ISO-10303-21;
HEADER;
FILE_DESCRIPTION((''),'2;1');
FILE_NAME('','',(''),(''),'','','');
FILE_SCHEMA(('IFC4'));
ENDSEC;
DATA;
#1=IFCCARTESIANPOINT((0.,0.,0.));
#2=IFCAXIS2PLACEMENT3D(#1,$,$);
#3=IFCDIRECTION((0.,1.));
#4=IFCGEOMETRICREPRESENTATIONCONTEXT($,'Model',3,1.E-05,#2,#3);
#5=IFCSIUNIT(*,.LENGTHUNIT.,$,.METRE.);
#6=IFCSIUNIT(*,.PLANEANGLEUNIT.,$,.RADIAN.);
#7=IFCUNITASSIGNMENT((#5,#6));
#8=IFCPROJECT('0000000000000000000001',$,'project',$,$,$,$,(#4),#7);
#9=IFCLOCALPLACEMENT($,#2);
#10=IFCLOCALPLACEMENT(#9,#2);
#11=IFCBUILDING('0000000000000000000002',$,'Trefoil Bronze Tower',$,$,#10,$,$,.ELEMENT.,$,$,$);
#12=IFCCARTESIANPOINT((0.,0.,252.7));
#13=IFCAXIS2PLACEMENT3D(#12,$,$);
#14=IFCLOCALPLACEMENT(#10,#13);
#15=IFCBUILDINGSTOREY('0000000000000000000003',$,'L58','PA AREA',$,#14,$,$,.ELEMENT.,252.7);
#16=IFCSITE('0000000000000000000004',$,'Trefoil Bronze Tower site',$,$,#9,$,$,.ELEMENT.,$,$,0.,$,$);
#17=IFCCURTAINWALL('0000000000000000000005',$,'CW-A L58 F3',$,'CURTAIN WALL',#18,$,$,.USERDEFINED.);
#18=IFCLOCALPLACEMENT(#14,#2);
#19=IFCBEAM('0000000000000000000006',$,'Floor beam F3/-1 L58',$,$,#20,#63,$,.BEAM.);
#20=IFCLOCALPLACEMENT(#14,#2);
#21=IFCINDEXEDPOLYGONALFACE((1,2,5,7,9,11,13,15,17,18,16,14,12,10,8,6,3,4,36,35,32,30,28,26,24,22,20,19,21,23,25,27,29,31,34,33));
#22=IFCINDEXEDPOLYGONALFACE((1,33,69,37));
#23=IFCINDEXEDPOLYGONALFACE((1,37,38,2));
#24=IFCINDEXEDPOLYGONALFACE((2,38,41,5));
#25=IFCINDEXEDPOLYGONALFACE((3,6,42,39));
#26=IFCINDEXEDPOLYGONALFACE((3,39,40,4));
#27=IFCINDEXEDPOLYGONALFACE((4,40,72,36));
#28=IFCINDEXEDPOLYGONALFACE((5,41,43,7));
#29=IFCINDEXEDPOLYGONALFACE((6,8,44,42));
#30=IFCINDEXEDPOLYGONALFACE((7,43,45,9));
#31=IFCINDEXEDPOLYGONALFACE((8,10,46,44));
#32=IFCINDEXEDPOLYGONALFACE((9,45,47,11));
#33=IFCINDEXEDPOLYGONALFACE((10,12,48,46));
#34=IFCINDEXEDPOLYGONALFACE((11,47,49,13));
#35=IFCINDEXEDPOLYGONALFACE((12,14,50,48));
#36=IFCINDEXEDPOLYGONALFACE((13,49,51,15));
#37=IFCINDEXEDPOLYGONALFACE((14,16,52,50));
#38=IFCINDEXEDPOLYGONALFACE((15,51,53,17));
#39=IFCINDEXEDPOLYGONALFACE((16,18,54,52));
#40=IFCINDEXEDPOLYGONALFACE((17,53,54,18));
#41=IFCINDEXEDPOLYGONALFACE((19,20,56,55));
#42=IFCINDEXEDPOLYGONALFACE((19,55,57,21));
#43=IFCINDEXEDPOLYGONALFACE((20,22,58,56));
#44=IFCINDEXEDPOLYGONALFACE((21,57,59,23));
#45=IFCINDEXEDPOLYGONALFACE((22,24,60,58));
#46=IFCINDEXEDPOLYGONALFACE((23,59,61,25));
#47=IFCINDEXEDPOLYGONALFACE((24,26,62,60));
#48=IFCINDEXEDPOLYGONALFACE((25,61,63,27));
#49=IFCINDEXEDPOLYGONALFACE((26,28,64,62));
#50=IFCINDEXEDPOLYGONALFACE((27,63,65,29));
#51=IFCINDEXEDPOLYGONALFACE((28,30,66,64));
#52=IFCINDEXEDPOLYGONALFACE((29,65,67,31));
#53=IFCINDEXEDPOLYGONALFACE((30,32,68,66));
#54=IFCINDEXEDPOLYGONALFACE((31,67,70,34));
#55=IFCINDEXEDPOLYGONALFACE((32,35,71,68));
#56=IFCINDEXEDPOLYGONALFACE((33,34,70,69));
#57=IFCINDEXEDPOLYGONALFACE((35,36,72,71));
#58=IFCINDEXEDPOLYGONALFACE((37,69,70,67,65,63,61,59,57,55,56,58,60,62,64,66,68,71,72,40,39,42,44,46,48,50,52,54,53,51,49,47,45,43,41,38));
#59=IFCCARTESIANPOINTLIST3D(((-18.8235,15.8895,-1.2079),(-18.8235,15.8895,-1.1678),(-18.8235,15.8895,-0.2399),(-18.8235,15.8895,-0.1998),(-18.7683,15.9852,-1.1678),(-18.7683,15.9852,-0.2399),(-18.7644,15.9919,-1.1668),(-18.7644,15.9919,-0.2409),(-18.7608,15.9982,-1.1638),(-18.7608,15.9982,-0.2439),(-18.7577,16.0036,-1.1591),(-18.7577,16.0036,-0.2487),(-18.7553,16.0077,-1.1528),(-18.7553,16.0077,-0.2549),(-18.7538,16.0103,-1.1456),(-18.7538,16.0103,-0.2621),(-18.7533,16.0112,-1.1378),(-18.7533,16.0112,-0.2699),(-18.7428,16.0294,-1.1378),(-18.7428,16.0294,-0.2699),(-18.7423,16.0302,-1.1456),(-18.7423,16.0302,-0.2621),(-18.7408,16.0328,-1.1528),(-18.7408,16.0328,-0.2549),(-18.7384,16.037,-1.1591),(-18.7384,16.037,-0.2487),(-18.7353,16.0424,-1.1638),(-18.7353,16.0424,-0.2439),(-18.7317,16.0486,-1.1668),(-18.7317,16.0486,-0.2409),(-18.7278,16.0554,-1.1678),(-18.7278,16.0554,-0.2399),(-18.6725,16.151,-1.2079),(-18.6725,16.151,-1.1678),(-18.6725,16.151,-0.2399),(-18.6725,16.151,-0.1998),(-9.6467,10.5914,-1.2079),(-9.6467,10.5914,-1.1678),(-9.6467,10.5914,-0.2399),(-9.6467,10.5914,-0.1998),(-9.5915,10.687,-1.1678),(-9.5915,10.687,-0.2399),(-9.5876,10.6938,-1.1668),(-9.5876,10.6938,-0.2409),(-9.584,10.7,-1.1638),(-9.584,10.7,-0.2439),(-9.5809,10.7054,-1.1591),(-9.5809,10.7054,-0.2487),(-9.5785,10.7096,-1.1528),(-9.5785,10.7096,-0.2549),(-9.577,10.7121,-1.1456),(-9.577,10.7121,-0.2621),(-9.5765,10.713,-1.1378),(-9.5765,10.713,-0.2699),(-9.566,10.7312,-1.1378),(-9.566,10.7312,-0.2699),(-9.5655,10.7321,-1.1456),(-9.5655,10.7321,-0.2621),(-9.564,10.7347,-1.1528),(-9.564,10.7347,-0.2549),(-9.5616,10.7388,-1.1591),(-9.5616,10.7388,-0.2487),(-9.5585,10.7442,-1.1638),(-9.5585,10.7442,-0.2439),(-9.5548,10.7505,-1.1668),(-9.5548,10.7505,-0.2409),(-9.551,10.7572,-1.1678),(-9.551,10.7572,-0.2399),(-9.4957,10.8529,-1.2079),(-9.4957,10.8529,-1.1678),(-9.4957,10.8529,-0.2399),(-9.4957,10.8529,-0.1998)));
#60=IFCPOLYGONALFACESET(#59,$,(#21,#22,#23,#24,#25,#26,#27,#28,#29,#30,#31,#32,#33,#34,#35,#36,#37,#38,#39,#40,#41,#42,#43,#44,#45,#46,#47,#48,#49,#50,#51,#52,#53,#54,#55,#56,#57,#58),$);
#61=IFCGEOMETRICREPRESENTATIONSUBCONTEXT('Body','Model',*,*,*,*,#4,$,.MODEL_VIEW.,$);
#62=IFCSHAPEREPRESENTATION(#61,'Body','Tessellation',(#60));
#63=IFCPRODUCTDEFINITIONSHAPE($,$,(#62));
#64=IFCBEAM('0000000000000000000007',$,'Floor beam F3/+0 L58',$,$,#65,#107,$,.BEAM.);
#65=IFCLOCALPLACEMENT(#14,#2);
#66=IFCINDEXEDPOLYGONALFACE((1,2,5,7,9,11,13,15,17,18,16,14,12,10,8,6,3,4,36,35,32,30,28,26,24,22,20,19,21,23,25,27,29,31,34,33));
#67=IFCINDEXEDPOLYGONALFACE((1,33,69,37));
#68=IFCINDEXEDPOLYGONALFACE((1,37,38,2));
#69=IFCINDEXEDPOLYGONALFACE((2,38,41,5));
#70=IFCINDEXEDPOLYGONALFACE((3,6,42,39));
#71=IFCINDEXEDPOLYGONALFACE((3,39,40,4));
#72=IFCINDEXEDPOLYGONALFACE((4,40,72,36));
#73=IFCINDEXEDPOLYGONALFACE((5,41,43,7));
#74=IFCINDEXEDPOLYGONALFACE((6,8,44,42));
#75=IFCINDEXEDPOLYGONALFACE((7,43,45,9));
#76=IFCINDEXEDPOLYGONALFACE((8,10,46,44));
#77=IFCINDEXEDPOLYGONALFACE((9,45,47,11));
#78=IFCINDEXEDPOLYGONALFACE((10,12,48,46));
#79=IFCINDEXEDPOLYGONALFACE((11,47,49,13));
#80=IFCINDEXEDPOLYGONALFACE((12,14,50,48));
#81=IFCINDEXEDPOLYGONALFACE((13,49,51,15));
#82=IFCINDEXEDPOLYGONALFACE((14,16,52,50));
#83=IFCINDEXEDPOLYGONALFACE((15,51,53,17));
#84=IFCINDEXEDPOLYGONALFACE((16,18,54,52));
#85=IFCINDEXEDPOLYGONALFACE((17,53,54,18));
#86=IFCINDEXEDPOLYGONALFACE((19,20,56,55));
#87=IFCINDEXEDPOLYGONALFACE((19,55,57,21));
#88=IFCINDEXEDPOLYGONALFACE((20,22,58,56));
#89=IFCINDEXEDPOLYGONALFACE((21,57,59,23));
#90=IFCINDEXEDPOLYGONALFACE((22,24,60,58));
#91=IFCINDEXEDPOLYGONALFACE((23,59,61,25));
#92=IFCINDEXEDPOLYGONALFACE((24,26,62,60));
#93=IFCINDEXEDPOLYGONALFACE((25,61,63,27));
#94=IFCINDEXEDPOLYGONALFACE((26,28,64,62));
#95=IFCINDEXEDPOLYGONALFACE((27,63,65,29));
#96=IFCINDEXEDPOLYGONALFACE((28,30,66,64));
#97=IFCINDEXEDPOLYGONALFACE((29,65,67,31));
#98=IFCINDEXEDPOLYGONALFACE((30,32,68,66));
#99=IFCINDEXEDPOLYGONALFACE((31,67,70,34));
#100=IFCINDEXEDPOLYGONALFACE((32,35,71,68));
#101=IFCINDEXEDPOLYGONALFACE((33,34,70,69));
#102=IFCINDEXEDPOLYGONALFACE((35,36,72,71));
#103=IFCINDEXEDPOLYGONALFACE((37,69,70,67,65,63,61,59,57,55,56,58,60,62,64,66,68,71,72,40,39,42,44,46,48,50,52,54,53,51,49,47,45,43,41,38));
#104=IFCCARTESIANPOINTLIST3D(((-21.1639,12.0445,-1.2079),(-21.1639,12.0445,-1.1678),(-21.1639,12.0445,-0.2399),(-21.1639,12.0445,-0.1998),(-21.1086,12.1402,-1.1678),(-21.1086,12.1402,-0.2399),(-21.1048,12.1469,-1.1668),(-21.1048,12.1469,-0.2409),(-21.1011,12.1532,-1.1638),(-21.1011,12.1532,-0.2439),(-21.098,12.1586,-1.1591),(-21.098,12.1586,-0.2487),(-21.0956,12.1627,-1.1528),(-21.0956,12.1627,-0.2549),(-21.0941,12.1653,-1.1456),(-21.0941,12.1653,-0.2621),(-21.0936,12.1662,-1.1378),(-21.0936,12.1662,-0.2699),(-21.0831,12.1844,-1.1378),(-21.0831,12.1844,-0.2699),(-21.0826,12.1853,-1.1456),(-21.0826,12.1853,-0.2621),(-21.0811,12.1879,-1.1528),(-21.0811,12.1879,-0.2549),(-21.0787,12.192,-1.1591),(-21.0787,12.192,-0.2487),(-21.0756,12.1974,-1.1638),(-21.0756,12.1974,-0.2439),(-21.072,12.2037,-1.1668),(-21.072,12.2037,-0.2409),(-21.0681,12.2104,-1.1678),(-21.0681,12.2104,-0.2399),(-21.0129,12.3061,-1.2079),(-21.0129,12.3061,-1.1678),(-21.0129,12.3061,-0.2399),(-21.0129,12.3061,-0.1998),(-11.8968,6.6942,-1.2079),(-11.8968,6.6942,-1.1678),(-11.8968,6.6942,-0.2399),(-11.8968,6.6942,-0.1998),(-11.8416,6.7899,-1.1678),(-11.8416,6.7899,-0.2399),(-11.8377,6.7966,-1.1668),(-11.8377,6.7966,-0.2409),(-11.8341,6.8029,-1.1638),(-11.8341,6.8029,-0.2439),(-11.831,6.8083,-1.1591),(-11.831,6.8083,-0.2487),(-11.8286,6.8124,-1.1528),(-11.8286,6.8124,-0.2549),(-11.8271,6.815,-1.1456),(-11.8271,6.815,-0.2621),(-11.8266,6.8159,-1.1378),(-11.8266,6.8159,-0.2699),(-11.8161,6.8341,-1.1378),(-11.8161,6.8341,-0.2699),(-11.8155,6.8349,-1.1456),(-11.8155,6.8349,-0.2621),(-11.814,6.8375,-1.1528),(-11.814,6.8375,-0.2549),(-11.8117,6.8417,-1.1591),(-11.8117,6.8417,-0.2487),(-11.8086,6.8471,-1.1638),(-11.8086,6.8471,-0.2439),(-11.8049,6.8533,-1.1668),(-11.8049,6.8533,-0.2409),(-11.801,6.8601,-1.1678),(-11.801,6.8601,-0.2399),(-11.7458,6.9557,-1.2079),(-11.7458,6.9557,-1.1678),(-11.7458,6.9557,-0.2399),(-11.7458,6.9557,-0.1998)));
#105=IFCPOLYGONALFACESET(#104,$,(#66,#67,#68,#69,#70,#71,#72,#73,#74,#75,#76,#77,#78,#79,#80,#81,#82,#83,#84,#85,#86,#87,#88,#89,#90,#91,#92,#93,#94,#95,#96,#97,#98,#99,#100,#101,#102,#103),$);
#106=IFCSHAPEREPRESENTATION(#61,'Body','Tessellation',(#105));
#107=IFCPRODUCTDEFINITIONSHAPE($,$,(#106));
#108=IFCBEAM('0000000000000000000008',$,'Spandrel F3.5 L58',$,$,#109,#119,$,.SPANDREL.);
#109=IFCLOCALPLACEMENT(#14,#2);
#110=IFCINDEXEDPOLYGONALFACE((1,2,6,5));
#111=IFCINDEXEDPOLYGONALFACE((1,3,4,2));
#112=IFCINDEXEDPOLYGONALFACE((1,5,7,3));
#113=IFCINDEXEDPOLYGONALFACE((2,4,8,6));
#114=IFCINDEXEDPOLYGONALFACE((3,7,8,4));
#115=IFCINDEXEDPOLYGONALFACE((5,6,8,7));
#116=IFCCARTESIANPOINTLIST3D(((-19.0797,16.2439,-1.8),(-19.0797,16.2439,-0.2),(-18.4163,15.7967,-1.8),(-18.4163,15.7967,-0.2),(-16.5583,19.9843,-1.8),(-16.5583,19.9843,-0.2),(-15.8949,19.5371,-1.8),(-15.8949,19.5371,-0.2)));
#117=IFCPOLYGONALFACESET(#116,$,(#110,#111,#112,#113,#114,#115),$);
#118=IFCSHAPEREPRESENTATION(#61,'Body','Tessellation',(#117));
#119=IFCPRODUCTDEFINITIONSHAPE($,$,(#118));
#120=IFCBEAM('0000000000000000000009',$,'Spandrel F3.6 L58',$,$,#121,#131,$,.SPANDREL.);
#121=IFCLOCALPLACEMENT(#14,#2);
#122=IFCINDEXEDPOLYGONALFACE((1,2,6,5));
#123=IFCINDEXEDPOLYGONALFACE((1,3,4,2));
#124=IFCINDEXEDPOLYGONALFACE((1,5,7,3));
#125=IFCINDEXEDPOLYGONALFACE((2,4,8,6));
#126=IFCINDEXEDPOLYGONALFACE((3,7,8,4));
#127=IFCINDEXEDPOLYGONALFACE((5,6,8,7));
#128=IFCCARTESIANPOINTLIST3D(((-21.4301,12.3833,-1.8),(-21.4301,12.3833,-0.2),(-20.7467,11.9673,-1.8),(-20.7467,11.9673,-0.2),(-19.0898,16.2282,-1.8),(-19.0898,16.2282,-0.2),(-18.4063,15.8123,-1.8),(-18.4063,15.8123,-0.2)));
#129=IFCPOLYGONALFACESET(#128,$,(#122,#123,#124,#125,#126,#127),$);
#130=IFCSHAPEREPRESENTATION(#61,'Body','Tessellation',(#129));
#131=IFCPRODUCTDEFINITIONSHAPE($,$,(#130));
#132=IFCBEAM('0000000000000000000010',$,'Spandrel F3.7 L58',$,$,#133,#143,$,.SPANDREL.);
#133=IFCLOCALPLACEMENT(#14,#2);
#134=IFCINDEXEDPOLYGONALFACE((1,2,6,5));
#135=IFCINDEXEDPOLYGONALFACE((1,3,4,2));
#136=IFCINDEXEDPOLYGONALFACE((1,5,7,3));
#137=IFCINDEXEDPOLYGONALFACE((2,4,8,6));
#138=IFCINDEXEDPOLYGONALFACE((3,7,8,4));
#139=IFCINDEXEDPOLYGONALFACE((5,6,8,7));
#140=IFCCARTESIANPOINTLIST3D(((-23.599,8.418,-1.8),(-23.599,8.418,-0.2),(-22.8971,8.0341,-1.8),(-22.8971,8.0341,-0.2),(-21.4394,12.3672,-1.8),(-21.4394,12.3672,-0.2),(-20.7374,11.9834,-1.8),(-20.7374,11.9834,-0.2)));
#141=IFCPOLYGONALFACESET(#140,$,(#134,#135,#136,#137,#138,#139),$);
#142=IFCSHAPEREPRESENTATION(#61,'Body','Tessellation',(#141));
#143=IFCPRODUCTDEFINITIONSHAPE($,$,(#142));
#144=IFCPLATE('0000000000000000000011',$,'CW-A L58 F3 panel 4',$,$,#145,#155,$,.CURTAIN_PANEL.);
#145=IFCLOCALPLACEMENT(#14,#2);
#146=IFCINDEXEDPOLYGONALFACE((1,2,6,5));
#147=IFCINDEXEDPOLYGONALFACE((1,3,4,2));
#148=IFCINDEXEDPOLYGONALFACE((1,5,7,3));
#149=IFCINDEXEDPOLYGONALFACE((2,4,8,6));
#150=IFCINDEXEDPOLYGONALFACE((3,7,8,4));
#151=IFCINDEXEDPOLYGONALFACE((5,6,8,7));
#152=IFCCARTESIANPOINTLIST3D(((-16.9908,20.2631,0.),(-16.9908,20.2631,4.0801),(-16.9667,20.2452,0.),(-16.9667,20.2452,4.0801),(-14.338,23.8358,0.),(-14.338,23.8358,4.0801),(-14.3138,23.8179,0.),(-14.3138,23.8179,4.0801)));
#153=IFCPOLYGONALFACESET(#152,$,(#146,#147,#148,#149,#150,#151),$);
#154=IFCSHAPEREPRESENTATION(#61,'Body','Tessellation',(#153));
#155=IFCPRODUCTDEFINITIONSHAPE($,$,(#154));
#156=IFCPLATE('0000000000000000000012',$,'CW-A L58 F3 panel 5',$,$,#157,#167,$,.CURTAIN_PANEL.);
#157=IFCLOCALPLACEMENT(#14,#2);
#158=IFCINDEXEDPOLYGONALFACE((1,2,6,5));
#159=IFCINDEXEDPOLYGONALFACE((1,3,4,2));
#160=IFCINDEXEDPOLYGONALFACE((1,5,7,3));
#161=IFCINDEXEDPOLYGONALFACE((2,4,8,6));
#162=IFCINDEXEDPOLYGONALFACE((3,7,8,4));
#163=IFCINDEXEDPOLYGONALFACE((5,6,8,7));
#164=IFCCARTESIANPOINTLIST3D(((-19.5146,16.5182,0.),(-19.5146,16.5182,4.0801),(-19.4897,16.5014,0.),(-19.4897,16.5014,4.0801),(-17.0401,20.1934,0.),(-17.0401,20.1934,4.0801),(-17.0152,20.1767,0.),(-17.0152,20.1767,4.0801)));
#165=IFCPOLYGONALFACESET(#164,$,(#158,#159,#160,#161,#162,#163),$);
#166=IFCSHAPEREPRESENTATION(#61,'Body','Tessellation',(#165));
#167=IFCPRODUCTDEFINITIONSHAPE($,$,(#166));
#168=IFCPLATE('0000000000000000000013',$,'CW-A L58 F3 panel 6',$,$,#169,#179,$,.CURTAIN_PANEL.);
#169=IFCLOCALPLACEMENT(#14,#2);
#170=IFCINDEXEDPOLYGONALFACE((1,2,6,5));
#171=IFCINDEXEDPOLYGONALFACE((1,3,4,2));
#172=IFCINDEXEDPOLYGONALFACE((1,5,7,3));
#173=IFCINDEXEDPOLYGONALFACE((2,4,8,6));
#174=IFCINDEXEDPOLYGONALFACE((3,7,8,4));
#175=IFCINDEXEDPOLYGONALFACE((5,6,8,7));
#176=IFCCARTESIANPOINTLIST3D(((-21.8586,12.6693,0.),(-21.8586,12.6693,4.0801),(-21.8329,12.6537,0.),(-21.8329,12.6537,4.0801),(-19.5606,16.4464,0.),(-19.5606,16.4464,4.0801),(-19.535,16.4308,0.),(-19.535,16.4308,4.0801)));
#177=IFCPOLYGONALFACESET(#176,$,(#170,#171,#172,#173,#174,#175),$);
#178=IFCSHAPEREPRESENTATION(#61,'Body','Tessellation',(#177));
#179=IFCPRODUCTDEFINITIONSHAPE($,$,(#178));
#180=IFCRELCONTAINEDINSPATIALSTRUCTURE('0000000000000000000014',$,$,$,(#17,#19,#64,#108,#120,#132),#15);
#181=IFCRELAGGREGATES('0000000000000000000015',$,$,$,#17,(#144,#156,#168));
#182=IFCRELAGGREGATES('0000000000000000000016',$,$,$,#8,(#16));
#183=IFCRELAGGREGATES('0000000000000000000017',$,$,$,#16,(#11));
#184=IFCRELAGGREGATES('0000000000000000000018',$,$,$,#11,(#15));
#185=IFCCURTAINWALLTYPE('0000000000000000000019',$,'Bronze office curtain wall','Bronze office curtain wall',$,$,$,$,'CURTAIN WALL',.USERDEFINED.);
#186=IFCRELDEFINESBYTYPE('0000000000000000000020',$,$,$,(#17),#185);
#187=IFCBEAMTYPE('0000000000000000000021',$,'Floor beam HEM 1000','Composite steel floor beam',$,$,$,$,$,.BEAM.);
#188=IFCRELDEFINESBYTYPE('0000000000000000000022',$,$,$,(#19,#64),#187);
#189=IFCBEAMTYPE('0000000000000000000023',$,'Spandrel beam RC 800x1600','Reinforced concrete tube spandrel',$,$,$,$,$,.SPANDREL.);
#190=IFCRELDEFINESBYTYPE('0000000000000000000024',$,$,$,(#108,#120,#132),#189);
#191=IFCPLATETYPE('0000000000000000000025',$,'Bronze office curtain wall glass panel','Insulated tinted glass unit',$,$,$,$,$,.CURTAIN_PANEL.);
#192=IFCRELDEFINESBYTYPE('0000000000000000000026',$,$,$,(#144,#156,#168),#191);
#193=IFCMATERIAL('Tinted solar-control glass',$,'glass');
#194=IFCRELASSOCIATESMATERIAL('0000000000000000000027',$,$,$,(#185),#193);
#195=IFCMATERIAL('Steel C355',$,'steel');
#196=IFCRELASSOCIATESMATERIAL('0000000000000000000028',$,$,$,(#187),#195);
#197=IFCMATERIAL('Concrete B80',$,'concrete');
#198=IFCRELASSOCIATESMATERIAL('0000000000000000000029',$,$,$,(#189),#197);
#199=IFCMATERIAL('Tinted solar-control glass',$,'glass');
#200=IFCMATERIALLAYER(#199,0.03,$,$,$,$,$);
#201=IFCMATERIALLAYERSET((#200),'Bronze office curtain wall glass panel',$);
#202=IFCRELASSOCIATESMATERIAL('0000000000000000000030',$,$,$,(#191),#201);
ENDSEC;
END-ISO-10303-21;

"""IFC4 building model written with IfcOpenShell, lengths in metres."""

from ifc_helpers import new_model, si_unit, direction, frame, origin, origin_2d, place, context, subcontext, project, spatial, rectangle, i_section, extrude, material, layer, layer_set, material_profile, profile_set, type_object, element, aggregate, save


model = new_model("IFC4")

# Units and contexts
model_context = context("Model", 3, precision=1e-05, world=origin(), true_north=direction((0.0, 1.0)))
body_context = subcontext(model_context, "Body", "Model", "MODEL_VIEW")
ifc_project = project(units=[si_unit("LENGTHUNIT", "METRE"), si_unit("PLANEANGLEUNIT", "RADIAN")], contexts=[model_context])

# Site, building, storey
site_placement = place(None, origin())
site = spatial("IfcSite", under=ifc_project, at=site_placement, Name="Trefoil Bronze Tower site", CompositionType="ELEMENT", RefElevation=0.0)
building_placement = place(site_placement, origin())
building = spatial("IfcBuilding", under=site, at=building_placement, Name="Trefoil Bronze Tower", CompositionType="ELEMENT")
storey_placement = place(building_placement, frame((0.0, 0.0, 252.7)))
storey = spatial("IfcBuildingStorey", under=building, at=storey_placement, Name="L58", Description="PA AREA", CompositionType="ELEMENT", Elevation=252.7)

# Curtain wall
ifc_material_1 = material(Name="Tinted solar-control glass", Category="glass")
curtain_wall_type = type_object("IfcCurtainWallType", Name="Bronze office curtain wall", Description="Bronze office curtain wall", ElementType="CURTAIN WALL", PredefinedType="USERDEFINED", material=ifc_material_1)
curtain_wall_placement = place(storey_placement, origin())
curtain_wall = element("IfcCurtainWall", 1, at=curtain_wall_placement, inside=storey, type_object=curtain_wall_type, Name="CW-A L58 F3", ObjectType="CURTAIN WALL", PredefinedType="USERDEFINED")

# Beams
ifc_material_2 = material(Name="Steel C355", Category="steel")
ifc_material_profile_1 = material_profile(ifc_material_2, i_section(OverallWidth=0.302, OverallDepth=1.0081, WebThickness=0.021, FlangeThickness=0.04, FilletRadius=0.03, at=origin_2d()), Name="HEM 1000")
ifc_profile_set_1 = profile_set([ifc_material_profile_1], Name="Steel C355")
beam_type_1 = type_object("IfcBeamType", Name="Floor beam HEM 1000", Description="Composite steel floor beam", PredefinedType="BEAM", material=ifc_profile_set_1)
beam_1_placement = place(storey_placement, frame((-18.748, 16.0203, -0.7039), z_axis=(0.86603, -0.499992, 0.0), x_axis=(0.499992, 0.86603, 0.0)))
element("IfcBeam", 2, at=beam_1_placement, inside=storey, type_object=beam_type_1, Name="Floor beam F3/-1 L58", PredefinedType="BEAM", context=body_context, shape_type="SweptSolid", body=[
    extrude(i_section(OverallWidth=0.302, OverallDepth=1.0081, WebThickness=0.021, FlangeThickness=0.04, FilletRadius=0.03, at=origin_2d()), origin(), (0.0, 0.0, 1.0), 10.5964),
])
beam_2_placement = place(storey_placement, frame((-21.0884, 12.1753, -0.7039), z_axis=(0.866026, -0.499999, 0.0), x_axis=(0.499999, 0.866026, 0.0)))
element("IfcBeam", 3, at=beam_2_placement, inside=storey, type_object=beam_type_1, Name="Floor beam F3/+0 L58", PredefinedType="BEAM", context=body_context, shape_type="SweptSolid", body=[
    extrude(i_section(OverallWidth=0.302, OverallDepth=1.0081, WebThickness=0.021, FlangeThickness=0.04, FilletRadius=0.03, at=origin_2d()), origin(), (0.0, 0.0, 1.0), 10.7007),
])
ifc_material_3 = material(Name="Concrete B80", Category="concrete")
ifc_material_profile_2 = material_profile(ifc_material_3, rectangle(XDim=0.8, YDim=1.6001, at=origin_2d()), Name="RC 800x1600")
ifc_profile_set_2 = profile_set([ifc_material_profile_2], Name="Concrete B80")
beam_type_2 = type_object("IfcBeamType", Name="Spandrel beam RC 800x1600", Description="Reinforced concrete tube spandrel", PredefinedType="SPANDREL", material=ifc_profile_set_2)
beam_3_placement = place(storey_placement, frame((-16.2266, 19.7607, -1.0), z_axis=(-0.558964, -0.829192, 0.0), x_axis=(0.829192, -0.558964, 0.0)))
element("IfcBeam", 4, at=beam_3_placement, inside=storey, type_object=beam_type_2, Name="Spandrel F3.5 L58", PredefinedType="SPANDREL", context=body_context, shape_type="SweptSolid", body=[
    extrude(rectangle(XDim=0.8, YDim=1.6001, at=origin_2d()), origin(), (0.0, 0.0, 1.0), 4.511),
])
for number, where, z_axis, x_axis, name in (
    (5, (-18.748, 16.0203, -1.0), (-0.519933, -0.854207, 0.0), (0.854207, -0.519933, 0.0), "Spandrel F3.6 L58"),
    (6, (-21.0884, 12.1753, -1.0), (-0.479802, -0.877377, 0.0), (0.877377, -0.479802, 0.0), "Spandrel F3.7 L58"),
):
    element("IfcBeam", number, at=place(storey_placement, frame(where, z_axis=z_axis, x_axis=x_axis)), inside=storey, type_object=beam_type_2, Name=name, PredefinedType="SPANDREL", context=body_context, shape_type="SweptSolid", body=[
        extrude(rectangle(XDim=0.8, YDim=1.6001, at=origin_2d()), origin(), (0.0, 0.0, 1.0), 4.5012),
    ])

# Plates
ifc_material_4 = material(Name="Tinted solar-control glass", Category="glass")
ifc_layer_1 = layer(ifc_material_4, 0.03)
ifc_layer_set_1 = layer_set([ifc_layer_1], Name="Bronze office curtain wall glass panel")
plate_type = type_object("IfcPlateType", Name="Bronze office curtain wall glass panel", Description="Insulated tinted glass unit", PredefinedType="CURTAIN_PANEL", material=ifc_layer_set_1)
plate_1_placement = place(storey_placement, frame((-15.6523, 22.0405, 0.0), z_axis=(0.0, 0.0, 1.0), x_axis=(-0.596162, -0.802865, 0.0)))
plate_1 = element("IfcPlate", 7, at=plate_1_placement, type_object=plate_type, Name="CW-A L58 F3 panel 4", PredefinedType="CURTAIN_PANEL", context=body_context, shape_type="SweptSolid", body=[
    extrude(rectangle(XDim=4.45, YDim=0.03, at=origin_2d()), origin(), (0.0, 0.0, 1.0), 4.0801),
])
plate_2_placement = place(storey_placement, frame((-18.2649, 18.3474, 0.0), z_axis=(0.0, 0.0, 1.0), x_axis=(-0.558493, -0.829509, 0.0)))
plate_2 = element("IfcPlate", 8, at=plate_2_placement, type_object=plate_type, Name="CW-A L58 F3 panel 5", PredefinedType="CURTAIN_PANEL", context=body_context, shape_type="SweptSolid", body=[
    extrude(rectangle(XDim=4.4307, YDim=0.03, at=origin_2d()), origin(), (0.0, 0.0, 1.0), 4.0801),
])
plate_3_placement = place(storey_placement, frame((-20.6968, 14.55, 0.0), z_axis=(0.0, 0.0, 1.0), x_axis=(-0.519762, -0.854311, 0.0)))
plate_3 = element("IfcPlate", 9, at=plate_3_placement, type_object=plate_type, Name="CW-A L58 F3 panel 6", PredefinedType="CURTAIN_PANEL", context=body_context, shape_type="SweptSolid", body=[
    extrude(rectangle(XDim=4.4211, YDim=0.03, at=origin_2d()), origin(), (0.0, 0.0, 1.0), 4.0801),
])
aggregate(curtain_wall, [plate_1, plate_2, plate_3])

save(model, "model.ifc")
